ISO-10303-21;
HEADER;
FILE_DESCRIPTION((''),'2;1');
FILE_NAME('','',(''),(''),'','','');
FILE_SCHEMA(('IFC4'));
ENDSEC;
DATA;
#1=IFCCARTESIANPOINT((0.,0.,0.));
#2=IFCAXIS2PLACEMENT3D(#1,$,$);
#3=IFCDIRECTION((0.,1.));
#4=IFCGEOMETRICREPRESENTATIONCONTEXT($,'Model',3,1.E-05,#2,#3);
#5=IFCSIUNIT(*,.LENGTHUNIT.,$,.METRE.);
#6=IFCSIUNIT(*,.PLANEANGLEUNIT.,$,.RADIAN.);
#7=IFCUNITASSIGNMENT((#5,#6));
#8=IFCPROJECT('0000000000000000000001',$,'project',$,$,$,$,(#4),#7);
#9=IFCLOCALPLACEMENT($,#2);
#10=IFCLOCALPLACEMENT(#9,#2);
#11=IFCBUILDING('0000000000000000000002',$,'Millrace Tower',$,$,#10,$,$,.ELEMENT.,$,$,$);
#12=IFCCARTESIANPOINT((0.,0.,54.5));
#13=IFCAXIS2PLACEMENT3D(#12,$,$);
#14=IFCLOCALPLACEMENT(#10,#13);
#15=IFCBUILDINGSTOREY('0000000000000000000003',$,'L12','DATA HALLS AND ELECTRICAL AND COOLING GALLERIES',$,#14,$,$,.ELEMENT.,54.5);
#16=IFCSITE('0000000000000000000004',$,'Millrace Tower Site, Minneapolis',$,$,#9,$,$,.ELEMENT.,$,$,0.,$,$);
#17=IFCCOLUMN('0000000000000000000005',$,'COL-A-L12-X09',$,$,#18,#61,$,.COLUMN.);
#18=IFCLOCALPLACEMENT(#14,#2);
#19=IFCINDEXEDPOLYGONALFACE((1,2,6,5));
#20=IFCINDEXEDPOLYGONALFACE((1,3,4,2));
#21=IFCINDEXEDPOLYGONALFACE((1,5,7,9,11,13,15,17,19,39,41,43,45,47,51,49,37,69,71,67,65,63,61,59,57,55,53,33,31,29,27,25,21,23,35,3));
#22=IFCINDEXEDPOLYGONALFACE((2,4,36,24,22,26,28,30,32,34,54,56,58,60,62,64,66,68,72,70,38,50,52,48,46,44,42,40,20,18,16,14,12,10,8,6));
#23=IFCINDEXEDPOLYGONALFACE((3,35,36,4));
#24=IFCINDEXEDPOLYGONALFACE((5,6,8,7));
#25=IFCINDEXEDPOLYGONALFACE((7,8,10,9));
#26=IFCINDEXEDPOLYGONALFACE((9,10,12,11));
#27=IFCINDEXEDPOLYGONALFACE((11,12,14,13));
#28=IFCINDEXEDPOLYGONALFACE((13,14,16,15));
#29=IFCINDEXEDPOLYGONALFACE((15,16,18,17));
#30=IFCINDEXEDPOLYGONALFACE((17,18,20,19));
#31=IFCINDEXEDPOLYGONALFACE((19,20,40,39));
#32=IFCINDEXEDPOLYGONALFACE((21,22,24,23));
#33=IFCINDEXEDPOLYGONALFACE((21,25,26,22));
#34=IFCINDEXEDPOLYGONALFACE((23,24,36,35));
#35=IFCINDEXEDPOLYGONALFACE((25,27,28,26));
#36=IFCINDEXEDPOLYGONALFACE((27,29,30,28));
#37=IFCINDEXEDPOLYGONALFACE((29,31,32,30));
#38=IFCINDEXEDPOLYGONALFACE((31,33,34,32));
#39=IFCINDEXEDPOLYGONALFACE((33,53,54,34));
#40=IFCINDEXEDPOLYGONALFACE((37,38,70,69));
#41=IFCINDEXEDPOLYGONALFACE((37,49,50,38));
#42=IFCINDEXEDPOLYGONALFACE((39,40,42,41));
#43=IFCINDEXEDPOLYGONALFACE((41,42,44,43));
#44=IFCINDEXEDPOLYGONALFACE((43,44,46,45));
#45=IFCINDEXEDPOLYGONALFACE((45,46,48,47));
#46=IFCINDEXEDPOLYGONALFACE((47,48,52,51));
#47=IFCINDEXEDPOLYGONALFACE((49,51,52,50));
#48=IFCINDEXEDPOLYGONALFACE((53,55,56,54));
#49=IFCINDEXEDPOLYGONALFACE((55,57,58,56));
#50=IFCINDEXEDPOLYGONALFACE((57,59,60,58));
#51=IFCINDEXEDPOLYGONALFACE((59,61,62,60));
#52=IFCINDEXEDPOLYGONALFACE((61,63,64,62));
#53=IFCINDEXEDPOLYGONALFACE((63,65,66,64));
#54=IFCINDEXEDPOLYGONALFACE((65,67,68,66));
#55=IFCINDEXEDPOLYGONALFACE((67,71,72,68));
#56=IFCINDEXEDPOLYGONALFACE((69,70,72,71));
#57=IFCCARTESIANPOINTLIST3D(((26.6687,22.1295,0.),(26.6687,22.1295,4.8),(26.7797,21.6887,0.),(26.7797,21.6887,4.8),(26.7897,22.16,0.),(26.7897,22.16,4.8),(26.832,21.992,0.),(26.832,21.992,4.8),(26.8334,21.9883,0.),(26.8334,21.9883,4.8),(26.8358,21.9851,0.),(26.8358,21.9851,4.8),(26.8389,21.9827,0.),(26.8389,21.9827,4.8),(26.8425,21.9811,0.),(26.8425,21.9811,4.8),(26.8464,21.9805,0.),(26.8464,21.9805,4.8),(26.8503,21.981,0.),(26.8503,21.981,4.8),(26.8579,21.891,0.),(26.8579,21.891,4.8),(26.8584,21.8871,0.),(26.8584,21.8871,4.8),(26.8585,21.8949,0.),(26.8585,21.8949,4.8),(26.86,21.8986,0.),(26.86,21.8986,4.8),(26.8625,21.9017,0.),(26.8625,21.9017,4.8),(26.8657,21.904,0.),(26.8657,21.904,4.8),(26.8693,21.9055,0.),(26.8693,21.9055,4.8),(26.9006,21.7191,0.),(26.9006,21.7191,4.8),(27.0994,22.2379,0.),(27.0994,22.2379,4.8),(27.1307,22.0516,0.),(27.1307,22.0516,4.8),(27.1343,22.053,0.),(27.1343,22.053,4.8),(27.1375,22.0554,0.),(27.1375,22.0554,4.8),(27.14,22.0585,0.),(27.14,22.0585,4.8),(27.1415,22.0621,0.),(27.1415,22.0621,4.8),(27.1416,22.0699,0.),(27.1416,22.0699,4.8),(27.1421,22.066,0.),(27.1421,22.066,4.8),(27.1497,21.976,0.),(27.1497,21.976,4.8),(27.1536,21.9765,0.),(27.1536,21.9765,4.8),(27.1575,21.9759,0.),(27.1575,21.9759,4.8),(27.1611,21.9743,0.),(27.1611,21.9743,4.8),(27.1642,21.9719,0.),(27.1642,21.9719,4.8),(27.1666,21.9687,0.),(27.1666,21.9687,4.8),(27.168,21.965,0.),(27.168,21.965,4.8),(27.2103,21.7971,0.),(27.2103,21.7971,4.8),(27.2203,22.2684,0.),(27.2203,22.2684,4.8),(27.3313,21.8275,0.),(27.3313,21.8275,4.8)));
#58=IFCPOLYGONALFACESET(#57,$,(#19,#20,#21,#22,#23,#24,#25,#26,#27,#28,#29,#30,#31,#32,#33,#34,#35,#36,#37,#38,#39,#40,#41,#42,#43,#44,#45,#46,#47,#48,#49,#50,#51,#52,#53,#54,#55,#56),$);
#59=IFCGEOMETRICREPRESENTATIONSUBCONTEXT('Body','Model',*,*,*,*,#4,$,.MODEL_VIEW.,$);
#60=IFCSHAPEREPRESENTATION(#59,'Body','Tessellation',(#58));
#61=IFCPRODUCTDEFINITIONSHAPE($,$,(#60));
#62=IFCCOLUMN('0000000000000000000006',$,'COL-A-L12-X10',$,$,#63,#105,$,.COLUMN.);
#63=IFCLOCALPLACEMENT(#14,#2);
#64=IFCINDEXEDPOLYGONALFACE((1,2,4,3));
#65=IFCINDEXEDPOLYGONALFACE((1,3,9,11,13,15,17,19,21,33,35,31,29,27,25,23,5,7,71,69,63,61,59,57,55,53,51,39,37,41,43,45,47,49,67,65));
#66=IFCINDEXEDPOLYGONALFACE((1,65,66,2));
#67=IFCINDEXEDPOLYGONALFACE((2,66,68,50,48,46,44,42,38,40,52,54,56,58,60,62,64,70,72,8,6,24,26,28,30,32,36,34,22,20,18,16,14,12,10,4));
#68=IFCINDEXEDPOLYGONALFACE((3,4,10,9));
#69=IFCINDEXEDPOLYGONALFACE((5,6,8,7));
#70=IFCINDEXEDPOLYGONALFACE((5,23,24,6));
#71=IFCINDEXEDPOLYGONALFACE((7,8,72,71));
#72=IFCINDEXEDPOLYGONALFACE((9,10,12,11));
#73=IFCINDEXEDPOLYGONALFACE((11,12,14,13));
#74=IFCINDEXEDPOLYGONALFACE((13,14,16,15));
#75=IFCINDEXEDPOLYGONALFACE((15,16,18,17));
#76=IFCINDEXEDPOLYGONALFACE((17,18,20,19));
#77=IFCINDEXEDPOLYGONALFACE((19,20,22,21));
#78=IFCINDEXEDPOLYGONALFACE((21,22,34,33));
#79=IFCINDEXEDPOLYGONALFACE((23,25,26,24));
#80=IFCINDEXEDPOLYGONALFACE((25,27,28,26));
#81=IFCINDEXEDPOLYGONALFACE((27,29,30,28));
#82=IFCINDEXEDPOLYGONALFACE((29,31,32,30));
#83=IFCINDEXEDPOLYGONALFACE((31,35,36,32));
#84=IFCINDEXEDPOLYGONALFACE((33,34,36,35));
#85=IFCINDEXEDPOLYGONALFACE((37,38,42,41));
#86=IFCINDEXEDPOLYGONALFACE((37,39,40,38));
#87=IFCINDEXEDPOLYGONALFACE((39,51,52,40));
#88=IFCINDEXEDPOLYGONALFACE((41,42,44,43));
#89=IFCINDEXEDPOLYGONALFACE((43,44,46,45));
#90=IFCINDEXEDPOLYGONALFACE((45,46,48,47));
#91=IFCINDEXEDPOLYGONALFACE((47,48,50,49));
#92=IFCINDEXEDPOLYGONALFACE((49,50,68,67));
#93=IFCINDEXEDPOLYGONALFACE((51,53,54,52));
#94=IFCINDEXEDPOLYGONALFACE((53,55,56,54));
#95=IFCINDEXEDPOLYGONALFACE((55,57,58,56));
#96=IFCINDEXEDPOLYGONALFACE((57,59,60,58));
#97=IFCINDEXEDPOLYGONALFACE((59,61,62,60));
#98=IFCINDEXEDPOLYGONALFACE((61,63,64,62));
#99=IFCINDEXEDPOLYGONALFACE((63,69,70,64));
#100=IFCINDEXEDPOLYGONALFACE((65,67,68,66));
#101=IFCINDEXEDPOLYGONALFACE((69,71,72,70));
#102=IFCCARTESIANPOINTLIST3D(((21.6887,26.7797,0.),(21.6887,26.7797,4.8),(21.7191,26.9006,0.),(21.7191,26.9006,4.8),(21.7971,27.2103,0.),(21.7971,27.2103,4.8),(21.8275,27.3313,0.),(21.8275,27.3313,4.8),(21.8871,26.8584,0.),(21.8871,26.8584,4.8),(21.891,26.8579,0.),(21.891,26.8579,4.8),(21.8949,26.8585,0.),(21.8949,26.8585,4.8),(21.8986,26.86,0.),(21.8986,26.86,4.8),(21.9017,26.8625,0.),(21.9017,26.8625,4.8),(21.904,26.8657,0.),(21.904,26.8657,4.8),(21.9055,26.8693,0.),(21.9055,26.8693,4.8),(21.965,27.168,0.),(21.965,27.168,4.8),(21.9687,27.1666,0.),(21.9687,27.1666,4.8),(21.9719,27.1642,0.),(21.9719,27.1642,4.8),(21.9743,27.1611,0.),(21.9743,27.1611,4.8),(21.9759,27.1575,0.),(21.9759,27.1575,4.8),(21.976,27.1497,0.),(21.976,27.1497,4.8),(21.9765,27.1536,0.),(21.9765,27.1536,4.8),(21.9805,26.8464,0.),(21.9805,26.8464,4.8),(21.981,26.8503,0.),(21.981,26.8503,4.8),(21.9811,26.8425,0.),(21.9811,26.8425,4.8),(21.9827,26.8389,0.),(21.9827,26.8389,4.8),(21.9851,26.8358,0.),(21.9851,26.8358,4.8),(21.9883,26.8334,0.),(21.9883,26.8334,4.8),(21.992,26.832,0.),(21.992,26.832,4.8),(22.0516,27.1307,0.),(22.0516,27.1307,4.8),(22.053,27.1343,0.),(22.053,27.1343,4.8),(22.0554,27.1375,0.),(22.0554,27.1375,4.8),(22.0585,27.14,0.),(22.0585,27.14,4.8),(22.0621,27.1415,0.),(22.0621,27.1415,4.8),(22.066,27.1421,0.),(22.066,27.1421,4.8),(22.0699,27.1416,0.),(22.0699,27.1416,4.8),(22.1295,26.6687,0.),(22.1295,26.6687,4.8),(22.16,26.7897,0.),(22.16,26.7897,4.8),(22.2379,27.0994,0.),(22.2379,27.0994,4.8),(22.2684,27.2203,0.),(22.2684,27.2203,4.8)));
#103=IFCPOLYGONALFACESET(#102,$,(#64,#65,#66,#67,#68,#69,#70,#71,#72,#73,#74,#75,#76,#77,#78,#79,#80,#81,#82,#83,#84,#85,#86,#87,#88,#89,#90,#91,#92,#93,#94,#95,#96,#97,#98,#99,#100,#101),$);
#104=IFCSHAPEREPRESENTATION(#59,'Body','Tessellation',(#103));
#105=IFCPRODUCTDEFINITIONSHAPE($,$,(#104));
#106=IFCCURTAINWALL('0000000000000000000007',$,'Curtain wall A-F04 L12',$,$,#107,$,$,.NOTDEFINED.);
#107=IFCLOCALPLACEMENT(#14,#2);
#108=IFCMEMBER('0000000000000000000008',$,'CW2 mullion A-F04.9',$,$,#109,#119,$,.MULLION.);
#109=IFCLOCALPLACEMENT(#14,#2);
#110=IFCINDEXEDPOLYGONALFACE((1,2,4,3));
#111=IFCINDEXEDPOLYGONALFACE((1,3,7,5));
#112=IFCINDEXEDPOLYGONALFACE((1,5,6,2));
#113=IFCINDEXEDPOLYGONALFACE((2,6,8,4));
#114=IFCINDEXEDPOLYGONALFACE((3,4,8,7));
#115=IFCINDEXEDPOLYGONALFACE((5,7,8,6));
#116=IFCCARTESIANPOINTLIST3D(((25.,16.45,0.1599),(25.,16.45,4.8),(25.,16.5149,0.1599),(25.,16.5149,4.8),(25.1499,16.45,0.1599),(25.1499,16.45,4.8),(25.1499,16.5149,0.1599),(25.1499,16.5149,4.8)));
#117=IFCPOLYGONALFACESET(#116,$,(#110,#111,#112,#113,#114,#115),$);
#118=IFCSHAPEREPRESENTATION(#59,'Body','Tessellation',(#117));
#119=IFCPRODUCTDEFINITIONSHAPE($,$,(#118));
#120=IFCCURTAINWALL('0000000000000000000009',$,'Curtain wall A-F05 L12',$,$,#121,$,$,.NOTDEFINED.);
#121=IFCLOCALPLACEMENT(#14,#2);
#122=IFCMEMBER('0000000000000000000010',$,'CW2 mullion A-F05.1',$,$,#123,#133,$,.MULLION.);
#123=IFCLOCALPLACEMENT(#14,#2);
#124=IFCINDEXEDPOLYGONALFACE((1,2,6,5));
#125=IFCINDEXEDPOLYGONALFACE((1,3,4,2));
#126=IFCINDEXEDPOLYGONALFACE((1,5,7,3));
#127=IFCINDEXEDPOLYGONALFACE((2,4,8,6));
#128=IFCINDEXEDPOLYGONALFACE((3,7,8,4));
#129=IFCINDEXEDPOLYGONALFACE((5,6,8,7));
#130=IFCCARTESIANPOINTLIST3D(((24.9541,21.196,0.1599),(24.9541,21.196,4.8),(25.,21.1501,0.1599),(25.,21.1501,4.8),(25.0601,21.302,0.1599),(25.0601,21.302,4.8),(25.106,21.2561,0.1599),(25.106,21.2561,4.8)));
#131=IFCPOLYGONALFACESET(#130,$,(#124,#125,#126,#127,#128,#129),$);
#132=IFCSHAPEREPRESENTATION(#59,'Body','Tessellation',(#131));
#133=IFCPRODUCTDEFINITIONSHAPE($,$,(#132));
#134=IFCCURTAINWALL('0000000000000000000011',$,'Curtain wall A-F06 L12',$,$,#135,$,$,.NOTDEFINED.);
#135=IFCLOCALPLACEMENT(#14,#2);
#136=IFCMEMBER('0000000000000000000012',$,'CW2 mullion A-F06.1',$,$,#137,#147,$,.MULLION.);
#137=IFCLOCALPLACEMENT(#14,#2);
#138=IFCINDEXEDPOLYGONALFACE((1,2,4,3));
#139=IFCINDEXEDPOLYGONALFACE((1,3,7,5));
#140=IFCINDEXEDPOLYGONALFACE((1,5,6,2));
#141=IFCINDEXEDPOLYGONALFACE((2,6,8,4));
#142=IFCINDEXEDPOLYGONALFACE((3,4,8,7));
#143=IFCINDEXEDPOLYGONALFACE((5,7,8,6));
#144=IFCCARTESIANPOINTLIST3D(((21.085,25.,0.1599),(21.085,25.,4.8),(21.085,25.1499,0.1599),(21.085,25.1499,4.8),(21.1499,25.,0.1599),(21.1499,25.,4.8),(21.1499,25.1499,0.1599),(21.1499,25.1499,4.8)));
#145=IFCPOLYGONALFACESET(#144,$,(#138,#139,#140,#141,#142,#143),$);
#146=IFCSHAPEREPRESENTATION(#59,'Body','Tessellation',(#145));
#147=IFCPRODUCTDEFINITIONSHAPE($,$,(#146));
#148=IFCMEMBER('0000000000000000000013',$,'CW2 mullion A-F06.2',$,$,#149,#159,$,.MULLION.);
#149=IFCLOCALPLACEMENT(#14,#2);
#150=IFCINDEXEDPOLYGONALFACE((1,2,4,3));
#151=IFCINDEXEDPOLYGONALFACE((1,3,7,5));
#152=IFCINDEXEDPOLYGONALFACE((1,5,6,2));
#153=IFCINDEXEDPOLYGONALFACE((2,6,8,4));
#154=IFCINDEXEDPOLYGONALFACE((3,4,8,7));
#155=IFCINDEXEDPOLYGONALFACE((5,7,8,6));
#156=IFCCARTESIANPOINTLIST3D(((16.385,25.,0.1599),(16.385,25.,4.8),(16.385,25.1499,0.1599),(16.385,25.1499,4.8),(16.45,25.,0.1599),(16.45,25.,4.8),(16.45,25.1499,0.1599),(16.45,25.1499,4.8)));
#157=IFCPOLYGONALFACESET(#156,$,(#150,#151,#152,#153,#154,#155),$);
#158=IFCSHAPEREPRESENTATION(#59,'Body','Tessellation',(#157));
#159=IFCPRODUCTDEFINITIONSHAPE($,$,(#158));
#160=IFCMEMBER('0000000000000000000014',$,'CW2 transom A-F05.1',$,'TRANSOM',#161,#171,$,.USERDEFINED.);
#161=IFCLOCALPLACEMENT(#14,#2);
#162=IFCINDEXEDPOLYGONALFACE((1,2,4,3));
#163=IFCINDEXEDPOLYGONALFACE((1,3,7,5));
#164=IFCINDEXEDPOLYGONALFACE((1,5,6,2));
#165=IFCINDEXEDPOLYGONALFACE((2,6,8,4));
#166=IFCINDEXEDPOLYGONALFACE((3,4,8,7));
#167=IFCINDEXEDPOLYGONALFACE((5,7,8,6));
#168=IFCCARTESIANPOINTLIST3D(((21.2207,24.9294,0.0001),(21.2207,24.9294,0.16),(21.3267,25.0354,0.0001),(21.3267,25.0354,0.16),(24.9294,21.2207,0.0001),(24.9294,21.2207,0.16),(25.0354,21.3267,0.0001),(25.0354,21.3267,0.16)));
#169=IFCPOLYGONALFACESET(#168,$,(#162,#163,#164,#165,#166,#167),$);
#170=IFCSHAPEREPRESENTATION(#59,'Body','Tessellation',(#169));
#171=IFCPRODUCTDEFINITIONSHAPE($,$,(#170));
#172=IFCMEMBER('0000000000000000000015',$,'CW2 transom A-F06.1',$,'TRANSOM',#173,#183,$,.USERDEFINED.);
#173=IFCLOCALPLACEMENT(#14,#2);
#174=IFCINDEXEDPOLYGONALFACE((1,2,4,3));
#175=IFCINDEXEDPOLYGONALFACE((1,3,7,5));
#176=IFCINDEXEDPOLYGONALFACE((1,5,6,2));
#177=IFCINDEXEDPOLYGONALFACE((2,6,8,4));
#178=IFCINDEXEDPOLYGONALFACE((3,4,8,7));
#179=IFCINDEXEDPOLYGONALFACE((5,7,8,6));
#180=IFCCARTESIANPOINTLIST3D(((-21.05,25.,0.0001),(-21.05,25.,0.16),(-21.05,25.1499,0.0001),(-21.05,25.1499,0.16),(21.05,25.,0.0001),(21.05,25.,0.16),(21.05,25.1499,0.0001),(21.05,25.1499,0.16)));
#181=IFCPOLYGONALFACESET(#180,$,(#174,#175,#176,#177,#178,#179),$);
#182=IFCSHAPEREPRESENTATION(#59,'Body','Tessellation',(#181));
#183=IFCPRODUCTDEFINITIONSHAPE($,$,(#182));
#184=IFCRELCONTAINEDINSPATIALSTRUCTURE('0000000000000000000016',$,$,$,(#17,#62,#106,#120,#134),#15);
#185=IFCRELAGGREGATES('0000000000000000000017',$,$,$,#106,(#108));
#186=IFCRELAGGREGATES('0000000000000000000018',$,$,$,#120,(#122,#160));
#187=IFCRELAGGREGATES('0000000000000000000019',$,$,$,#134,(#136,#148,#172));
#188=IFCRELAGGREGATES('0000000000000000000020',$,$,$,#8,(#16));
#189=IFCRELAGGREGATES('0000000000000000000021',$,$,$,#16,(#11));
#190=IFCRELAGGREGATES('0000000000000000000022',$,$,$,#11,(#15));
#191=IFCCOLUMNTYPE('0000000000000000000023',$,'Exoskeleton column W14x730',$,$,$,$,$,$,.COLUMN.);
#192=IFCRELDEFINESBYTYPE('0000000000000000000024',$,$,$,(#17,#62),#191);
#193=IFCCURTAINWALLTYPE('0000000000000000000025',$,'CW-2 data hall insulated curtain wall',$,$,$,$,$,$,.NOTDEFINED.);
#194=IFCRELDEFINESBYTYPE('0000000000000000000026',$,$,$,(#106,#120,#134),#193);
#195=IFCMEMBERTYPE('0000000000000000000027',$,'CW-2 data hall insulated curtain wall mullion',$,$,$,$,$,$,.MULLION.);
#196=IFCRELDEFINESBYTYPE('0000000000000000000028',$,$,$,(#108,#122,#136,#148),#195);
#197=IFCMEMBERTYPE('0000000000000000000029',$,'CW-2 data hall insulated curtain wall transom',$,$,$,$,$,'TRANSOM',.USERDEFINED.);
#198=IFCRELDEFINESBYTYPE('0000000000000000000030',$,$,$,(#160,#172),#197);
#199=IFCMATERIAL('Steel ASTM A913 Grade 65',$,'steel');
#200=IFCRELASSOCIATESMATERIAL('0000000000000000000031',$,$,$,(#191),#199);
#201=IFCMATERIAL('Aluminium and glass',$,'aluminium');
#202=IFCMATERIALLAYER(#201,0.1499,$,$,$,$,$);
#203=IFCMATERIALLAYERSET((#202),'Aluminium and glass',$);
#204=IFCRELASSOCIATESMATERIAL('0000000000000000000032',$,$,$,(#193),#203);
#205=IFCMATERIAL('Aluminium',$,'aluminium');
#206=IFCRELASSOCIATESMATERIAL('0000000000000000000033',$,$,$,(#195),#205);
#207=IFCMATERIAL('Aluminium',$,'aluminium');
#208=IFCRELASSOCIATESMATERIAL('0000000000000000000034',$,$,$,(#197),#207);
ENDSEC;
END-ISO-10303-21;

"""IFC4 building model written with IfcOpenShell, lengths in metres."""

from ifc_helpers import new_model, si_unit, direction, frame, origin, origin_2d, place, context, subcontext, project, spatial, rectangle, i_section, extrude, material, layer, layer_set, material_profile, profile_set, type_object, element, aggregate, save


model = new_model("IFC4")

# Units and contexts
model_context = context("Model", 3, precision=1e-05, world=origin(), true_north=direction((0.0, 1.0)))
body_context = subcontext(model_context, "Body", "Model", "MODEL_VIEW")
ifc_project = project(units=[si_unit("LENGTHUNIT", "METRE"), si_unit("PLANEANGLEUNIT", "RADIAN")], contexts=[model_context])

# Site, building, storey
site_placement = place(None, origin())
site = spatial("IfcSite", under=ifc_project, at=site_placement, Name="Millrace Tower Site, Minneapolis", CompositionType="ELEMENT", RefElevation=0.0)
building_placement = place(site_placement, origin())
building = spatial("IfcBuilding", under=site, at=building_placement, Name="Millrace Tower", CompositionType="ELEMENT")
storey_placement = place(building_placement, frame((0.0, 0.0, 54.5)))
storey = spatial("IfcBuildingStorey", under=building, at=storey_placement, Name="L12", Description="DATA HALLS AND ELECTRICAL AND COOLING GALLERIES", CompositionType="ELEMENT", Elevation=54.5)

# Columns
ifc_material_1 = material(Name="Steel ASTM A913 Grade 65", Category="steel")
ifc_material_profile_1 = material_profile(ifc_material_1, i_section(OverallWidth=0.4546, OverallDepth=0.5688, WebThickness=0.0779, FlangeThickness=0.1248, FilletRadius=0.0151, at=origin_2d()))
ifc_profile_set_1 = profile_set([ifc_material_profile_1], Name="Steel ASTM A913 Grade 65")
column_type = type_object("IfcColumnType", Name="Exoskeleton column W14x730", PredefinedType="COLUMN", material=ifc_profile_set_1)
for number, where, z_axis, x_axis, name in (
    (1, (27.0, 21.9785, 0.0), (0.0, 0.0, 1.0), (-0.244094, 0.969752, 0.0), "COL-A-L12-X09"),
    (2, (21.9785, 27.0, 0.0), (0.0, 0.0, 1.0), (-0.969752, 0.244094, 0.0), "COL-A-L12-X10"),
):
    element("IfcColumn", number, at=place(storey_placement, frame(where, z_axis=z_axis, x_axis=x_axis)), inside=storey, type_object=column_type, Name=name, PredefinedType="COLUMN", context=body_context, shape_type="SweptSolid", body=[
        extrude(i_section(OverallWidth=0.4546, OverallDepth=0.5688, WebThickness=0.0779, FlangeThickness=0.1248, FilletRadius=0.0151, at=origin_2d()), origin(), (0.0, 0.0, 1.0), 4.8),
    ])

# Curtain walls, members
ifc_material_2 = material(Name="Aluminium and glass", Category="aluminium")
ifc_layer_1 = layer(ifc_material_2, 0.1499)
ifc_layer_set_1 = layer_set([ifc_layer_1], Name="Aluminium and glass")
curtain_wall_type = type_object("IfcCurtainWallType", Name="CW-2 data hall insulated curtain wall", PredefinedType="NOTDEFINED", material=ifc_layer_set_1)
placement = place(storey_placement, origin())
curtain_wall_1 = element("IfcCurtainWall", 3, at=placement, inside=storey, type_object=curtain_wall_type, Name="Curtain wall A-F04 L12", PredefinedType="NOTDEFINED")
ifc_material_3 = material(Name="Aluminium", Category="aluminium")
ifc_material_profile_2 = material_profile(ifc_material_3, rectangle(XDim=0.0649, YDim=0.1499, at=origin_2d()))
ifc_profile_set_2 = profile_set([ifc_material_profile_2], Name="Aluminium")
member_type_1 = type_object("IfcMemberType", Name="CW-2 data hall insulated curtain wall mullion", PredefinedType="MULLION", material=ifc_profile_set_2)
member_1_placement = place(storey_placement, frame((25.075, 16.4824, 0.1599), z_axis=(0.0, 0.0, 1.0), x_axis=(0.0, 1.0, 0.0)))
member_1 = element("IfcMember", 4, at=member_1_placement, type_object=member_type_1, Name="CW2 mullion A-F04.9", PredefinedType="MULLION", context=body_context, shape_type="SweptSolid", body=[
    extrude(rectangle(XDim=0.0649, YDim=0.1499, at=origin_2d()), origin(), (0.0, 0.0, 1.0), 4.6401),
])
aggregate(curtain_wall_1, [member_1])
curtain_wall_2 = element("IfcCurtainWall", 5, at=placement, inside=storey, type_object=curtain_wall_type, Name="Curtain wall A-F05 L12", PredefinedType="NOTDEFINED")
member_2_placement = place(storey_placement, frame((25.03, 21.2261, 0.1599), z_axis=(0.0, 0.0, 1.0), x_axis=(-0.707107, 0.707107, 0.0)))
member_2 = element("IfcMember", 6, at=member_2_placement, type_object=member_type_1, Name="CW2 mullion A-F05.1", PredefinedType="MULLION", context=body_context, shape_type="SweptSolid", body=[
    extrude(rectangle(XDim=0.0649, YDim=0.1499, at=origin_2d()), origin(), (0.0, 0.0, 1.0), 4.6401),
])

# Curtain wall, members
curtain_wall_3 = element("IfcCurtainWall", 7, at=placement, inside=storey, type_object=curtain_wall_type, Name="Curtain wall A-F06 L12", PredefinedType="NOTDEFINED")
member_3_placement = place(storey_placement, frame((21.1174, 25.075, 0.1599), z_axis=(0.0, 0.0, 1.0), x_axis=(-1.0, 0.0, 0.0)))
member_3 = element("IfcMember", 8, at=member_3_placement, type_object=member_type_1, Name="CW2 mullion A-F06.1", PredefinedType="MULLION", context=body_context, shape_type="SweptSolid", body=[
    extrude(rectangle(XDim=0.0649, YDim=0.1499, at=origin_2d()), origin(), (0.0, 0.0, 1.0), 4.6401),
])
member_4_placement = place(storey_placement, frame((16.4175, 25.075, 0.1599), z_axis=(0.0, 0.0, 1.0), x_axis=(-1.0, 0.0, 0.0)))
member_4 = element("IfcMember", 9, at=member_4_placement, type_object=member_type_1, Name="CW2 mullion A-F06.2", PredefinedType="MULLION", context=body_context, shape_type="SweptSolid", body=[
    extrude(rectangle(XDim=0.0649, YDim=0.1499, at=origin_2d()), origin(), (0.0, 0.0, 1.0), 4.6401),
])

# Members
ifc_material_4 = material(Name="Aluminium", Category="aluminium")
ifc_material_profile_3 = material_profile(ifc_material_4, rectangle(XDim=0.1499, YDim=0.1599, at=origin_2d()))
ifc_profile_set_3 = profile_set([ifc_material_profile_3], Name="Aluminium")
member_type_2 = type_object("IfcMemberType", Name="CW-2 data hall insulated curtain wall transom", ElementType="TRANSOM", PredefinedType="USERDEFINED", material=ifc_profile_set_3)
member_5_placement = place(storey_placement, frame((24.9824, 21.2737, 0.0801), z_axis=(-0.707107, 0.707107, 0.0), x_axis=(-0.707107, -0.707107, 0.0)))
member_5 = element("IfcMember", 10, at=member_5_placement, type_object=member_type_2, Name="CW2 transom A-F05.1", ObjectType="TRANSOM", PredefinedType="USERDEFINED", context=body_context, shape_type="SweptSolid", body=[
    extrude(rectangle(XDim=0.1499, YDim=0.1599, at=origin_2d()), origin(), (0.0, 0.0, 1.0), 5.2449),
])
aggregate(curtain_wall_2, [member_2, member_5])
member_6_placement = place(storey_placement, frame((21.05, 25.075, 0.0801), z_axis=(-1.0, 0.0, 0.0), x_axis=(0.0, -1.0, 0.0)))
member_6 = element("IfcMember", 11, at=member_6_placement, type_object=member_type_2, Name="CW2 transom A-F06.1", ObjectType="TRANSOM", PredefinedType="USERDEFINED", context=body_context, shape_type="SweptSolid", body=[
    extrude(rectangle(XDim=0.1499, YDim=0.1599, at=origin_2d()), origin(), (0.0, 0.0, 1.0), 42.1001),
])
aggregate(curtain_wall_3, [member_3, member_4, member_6])

save(model, "model.ifc")
